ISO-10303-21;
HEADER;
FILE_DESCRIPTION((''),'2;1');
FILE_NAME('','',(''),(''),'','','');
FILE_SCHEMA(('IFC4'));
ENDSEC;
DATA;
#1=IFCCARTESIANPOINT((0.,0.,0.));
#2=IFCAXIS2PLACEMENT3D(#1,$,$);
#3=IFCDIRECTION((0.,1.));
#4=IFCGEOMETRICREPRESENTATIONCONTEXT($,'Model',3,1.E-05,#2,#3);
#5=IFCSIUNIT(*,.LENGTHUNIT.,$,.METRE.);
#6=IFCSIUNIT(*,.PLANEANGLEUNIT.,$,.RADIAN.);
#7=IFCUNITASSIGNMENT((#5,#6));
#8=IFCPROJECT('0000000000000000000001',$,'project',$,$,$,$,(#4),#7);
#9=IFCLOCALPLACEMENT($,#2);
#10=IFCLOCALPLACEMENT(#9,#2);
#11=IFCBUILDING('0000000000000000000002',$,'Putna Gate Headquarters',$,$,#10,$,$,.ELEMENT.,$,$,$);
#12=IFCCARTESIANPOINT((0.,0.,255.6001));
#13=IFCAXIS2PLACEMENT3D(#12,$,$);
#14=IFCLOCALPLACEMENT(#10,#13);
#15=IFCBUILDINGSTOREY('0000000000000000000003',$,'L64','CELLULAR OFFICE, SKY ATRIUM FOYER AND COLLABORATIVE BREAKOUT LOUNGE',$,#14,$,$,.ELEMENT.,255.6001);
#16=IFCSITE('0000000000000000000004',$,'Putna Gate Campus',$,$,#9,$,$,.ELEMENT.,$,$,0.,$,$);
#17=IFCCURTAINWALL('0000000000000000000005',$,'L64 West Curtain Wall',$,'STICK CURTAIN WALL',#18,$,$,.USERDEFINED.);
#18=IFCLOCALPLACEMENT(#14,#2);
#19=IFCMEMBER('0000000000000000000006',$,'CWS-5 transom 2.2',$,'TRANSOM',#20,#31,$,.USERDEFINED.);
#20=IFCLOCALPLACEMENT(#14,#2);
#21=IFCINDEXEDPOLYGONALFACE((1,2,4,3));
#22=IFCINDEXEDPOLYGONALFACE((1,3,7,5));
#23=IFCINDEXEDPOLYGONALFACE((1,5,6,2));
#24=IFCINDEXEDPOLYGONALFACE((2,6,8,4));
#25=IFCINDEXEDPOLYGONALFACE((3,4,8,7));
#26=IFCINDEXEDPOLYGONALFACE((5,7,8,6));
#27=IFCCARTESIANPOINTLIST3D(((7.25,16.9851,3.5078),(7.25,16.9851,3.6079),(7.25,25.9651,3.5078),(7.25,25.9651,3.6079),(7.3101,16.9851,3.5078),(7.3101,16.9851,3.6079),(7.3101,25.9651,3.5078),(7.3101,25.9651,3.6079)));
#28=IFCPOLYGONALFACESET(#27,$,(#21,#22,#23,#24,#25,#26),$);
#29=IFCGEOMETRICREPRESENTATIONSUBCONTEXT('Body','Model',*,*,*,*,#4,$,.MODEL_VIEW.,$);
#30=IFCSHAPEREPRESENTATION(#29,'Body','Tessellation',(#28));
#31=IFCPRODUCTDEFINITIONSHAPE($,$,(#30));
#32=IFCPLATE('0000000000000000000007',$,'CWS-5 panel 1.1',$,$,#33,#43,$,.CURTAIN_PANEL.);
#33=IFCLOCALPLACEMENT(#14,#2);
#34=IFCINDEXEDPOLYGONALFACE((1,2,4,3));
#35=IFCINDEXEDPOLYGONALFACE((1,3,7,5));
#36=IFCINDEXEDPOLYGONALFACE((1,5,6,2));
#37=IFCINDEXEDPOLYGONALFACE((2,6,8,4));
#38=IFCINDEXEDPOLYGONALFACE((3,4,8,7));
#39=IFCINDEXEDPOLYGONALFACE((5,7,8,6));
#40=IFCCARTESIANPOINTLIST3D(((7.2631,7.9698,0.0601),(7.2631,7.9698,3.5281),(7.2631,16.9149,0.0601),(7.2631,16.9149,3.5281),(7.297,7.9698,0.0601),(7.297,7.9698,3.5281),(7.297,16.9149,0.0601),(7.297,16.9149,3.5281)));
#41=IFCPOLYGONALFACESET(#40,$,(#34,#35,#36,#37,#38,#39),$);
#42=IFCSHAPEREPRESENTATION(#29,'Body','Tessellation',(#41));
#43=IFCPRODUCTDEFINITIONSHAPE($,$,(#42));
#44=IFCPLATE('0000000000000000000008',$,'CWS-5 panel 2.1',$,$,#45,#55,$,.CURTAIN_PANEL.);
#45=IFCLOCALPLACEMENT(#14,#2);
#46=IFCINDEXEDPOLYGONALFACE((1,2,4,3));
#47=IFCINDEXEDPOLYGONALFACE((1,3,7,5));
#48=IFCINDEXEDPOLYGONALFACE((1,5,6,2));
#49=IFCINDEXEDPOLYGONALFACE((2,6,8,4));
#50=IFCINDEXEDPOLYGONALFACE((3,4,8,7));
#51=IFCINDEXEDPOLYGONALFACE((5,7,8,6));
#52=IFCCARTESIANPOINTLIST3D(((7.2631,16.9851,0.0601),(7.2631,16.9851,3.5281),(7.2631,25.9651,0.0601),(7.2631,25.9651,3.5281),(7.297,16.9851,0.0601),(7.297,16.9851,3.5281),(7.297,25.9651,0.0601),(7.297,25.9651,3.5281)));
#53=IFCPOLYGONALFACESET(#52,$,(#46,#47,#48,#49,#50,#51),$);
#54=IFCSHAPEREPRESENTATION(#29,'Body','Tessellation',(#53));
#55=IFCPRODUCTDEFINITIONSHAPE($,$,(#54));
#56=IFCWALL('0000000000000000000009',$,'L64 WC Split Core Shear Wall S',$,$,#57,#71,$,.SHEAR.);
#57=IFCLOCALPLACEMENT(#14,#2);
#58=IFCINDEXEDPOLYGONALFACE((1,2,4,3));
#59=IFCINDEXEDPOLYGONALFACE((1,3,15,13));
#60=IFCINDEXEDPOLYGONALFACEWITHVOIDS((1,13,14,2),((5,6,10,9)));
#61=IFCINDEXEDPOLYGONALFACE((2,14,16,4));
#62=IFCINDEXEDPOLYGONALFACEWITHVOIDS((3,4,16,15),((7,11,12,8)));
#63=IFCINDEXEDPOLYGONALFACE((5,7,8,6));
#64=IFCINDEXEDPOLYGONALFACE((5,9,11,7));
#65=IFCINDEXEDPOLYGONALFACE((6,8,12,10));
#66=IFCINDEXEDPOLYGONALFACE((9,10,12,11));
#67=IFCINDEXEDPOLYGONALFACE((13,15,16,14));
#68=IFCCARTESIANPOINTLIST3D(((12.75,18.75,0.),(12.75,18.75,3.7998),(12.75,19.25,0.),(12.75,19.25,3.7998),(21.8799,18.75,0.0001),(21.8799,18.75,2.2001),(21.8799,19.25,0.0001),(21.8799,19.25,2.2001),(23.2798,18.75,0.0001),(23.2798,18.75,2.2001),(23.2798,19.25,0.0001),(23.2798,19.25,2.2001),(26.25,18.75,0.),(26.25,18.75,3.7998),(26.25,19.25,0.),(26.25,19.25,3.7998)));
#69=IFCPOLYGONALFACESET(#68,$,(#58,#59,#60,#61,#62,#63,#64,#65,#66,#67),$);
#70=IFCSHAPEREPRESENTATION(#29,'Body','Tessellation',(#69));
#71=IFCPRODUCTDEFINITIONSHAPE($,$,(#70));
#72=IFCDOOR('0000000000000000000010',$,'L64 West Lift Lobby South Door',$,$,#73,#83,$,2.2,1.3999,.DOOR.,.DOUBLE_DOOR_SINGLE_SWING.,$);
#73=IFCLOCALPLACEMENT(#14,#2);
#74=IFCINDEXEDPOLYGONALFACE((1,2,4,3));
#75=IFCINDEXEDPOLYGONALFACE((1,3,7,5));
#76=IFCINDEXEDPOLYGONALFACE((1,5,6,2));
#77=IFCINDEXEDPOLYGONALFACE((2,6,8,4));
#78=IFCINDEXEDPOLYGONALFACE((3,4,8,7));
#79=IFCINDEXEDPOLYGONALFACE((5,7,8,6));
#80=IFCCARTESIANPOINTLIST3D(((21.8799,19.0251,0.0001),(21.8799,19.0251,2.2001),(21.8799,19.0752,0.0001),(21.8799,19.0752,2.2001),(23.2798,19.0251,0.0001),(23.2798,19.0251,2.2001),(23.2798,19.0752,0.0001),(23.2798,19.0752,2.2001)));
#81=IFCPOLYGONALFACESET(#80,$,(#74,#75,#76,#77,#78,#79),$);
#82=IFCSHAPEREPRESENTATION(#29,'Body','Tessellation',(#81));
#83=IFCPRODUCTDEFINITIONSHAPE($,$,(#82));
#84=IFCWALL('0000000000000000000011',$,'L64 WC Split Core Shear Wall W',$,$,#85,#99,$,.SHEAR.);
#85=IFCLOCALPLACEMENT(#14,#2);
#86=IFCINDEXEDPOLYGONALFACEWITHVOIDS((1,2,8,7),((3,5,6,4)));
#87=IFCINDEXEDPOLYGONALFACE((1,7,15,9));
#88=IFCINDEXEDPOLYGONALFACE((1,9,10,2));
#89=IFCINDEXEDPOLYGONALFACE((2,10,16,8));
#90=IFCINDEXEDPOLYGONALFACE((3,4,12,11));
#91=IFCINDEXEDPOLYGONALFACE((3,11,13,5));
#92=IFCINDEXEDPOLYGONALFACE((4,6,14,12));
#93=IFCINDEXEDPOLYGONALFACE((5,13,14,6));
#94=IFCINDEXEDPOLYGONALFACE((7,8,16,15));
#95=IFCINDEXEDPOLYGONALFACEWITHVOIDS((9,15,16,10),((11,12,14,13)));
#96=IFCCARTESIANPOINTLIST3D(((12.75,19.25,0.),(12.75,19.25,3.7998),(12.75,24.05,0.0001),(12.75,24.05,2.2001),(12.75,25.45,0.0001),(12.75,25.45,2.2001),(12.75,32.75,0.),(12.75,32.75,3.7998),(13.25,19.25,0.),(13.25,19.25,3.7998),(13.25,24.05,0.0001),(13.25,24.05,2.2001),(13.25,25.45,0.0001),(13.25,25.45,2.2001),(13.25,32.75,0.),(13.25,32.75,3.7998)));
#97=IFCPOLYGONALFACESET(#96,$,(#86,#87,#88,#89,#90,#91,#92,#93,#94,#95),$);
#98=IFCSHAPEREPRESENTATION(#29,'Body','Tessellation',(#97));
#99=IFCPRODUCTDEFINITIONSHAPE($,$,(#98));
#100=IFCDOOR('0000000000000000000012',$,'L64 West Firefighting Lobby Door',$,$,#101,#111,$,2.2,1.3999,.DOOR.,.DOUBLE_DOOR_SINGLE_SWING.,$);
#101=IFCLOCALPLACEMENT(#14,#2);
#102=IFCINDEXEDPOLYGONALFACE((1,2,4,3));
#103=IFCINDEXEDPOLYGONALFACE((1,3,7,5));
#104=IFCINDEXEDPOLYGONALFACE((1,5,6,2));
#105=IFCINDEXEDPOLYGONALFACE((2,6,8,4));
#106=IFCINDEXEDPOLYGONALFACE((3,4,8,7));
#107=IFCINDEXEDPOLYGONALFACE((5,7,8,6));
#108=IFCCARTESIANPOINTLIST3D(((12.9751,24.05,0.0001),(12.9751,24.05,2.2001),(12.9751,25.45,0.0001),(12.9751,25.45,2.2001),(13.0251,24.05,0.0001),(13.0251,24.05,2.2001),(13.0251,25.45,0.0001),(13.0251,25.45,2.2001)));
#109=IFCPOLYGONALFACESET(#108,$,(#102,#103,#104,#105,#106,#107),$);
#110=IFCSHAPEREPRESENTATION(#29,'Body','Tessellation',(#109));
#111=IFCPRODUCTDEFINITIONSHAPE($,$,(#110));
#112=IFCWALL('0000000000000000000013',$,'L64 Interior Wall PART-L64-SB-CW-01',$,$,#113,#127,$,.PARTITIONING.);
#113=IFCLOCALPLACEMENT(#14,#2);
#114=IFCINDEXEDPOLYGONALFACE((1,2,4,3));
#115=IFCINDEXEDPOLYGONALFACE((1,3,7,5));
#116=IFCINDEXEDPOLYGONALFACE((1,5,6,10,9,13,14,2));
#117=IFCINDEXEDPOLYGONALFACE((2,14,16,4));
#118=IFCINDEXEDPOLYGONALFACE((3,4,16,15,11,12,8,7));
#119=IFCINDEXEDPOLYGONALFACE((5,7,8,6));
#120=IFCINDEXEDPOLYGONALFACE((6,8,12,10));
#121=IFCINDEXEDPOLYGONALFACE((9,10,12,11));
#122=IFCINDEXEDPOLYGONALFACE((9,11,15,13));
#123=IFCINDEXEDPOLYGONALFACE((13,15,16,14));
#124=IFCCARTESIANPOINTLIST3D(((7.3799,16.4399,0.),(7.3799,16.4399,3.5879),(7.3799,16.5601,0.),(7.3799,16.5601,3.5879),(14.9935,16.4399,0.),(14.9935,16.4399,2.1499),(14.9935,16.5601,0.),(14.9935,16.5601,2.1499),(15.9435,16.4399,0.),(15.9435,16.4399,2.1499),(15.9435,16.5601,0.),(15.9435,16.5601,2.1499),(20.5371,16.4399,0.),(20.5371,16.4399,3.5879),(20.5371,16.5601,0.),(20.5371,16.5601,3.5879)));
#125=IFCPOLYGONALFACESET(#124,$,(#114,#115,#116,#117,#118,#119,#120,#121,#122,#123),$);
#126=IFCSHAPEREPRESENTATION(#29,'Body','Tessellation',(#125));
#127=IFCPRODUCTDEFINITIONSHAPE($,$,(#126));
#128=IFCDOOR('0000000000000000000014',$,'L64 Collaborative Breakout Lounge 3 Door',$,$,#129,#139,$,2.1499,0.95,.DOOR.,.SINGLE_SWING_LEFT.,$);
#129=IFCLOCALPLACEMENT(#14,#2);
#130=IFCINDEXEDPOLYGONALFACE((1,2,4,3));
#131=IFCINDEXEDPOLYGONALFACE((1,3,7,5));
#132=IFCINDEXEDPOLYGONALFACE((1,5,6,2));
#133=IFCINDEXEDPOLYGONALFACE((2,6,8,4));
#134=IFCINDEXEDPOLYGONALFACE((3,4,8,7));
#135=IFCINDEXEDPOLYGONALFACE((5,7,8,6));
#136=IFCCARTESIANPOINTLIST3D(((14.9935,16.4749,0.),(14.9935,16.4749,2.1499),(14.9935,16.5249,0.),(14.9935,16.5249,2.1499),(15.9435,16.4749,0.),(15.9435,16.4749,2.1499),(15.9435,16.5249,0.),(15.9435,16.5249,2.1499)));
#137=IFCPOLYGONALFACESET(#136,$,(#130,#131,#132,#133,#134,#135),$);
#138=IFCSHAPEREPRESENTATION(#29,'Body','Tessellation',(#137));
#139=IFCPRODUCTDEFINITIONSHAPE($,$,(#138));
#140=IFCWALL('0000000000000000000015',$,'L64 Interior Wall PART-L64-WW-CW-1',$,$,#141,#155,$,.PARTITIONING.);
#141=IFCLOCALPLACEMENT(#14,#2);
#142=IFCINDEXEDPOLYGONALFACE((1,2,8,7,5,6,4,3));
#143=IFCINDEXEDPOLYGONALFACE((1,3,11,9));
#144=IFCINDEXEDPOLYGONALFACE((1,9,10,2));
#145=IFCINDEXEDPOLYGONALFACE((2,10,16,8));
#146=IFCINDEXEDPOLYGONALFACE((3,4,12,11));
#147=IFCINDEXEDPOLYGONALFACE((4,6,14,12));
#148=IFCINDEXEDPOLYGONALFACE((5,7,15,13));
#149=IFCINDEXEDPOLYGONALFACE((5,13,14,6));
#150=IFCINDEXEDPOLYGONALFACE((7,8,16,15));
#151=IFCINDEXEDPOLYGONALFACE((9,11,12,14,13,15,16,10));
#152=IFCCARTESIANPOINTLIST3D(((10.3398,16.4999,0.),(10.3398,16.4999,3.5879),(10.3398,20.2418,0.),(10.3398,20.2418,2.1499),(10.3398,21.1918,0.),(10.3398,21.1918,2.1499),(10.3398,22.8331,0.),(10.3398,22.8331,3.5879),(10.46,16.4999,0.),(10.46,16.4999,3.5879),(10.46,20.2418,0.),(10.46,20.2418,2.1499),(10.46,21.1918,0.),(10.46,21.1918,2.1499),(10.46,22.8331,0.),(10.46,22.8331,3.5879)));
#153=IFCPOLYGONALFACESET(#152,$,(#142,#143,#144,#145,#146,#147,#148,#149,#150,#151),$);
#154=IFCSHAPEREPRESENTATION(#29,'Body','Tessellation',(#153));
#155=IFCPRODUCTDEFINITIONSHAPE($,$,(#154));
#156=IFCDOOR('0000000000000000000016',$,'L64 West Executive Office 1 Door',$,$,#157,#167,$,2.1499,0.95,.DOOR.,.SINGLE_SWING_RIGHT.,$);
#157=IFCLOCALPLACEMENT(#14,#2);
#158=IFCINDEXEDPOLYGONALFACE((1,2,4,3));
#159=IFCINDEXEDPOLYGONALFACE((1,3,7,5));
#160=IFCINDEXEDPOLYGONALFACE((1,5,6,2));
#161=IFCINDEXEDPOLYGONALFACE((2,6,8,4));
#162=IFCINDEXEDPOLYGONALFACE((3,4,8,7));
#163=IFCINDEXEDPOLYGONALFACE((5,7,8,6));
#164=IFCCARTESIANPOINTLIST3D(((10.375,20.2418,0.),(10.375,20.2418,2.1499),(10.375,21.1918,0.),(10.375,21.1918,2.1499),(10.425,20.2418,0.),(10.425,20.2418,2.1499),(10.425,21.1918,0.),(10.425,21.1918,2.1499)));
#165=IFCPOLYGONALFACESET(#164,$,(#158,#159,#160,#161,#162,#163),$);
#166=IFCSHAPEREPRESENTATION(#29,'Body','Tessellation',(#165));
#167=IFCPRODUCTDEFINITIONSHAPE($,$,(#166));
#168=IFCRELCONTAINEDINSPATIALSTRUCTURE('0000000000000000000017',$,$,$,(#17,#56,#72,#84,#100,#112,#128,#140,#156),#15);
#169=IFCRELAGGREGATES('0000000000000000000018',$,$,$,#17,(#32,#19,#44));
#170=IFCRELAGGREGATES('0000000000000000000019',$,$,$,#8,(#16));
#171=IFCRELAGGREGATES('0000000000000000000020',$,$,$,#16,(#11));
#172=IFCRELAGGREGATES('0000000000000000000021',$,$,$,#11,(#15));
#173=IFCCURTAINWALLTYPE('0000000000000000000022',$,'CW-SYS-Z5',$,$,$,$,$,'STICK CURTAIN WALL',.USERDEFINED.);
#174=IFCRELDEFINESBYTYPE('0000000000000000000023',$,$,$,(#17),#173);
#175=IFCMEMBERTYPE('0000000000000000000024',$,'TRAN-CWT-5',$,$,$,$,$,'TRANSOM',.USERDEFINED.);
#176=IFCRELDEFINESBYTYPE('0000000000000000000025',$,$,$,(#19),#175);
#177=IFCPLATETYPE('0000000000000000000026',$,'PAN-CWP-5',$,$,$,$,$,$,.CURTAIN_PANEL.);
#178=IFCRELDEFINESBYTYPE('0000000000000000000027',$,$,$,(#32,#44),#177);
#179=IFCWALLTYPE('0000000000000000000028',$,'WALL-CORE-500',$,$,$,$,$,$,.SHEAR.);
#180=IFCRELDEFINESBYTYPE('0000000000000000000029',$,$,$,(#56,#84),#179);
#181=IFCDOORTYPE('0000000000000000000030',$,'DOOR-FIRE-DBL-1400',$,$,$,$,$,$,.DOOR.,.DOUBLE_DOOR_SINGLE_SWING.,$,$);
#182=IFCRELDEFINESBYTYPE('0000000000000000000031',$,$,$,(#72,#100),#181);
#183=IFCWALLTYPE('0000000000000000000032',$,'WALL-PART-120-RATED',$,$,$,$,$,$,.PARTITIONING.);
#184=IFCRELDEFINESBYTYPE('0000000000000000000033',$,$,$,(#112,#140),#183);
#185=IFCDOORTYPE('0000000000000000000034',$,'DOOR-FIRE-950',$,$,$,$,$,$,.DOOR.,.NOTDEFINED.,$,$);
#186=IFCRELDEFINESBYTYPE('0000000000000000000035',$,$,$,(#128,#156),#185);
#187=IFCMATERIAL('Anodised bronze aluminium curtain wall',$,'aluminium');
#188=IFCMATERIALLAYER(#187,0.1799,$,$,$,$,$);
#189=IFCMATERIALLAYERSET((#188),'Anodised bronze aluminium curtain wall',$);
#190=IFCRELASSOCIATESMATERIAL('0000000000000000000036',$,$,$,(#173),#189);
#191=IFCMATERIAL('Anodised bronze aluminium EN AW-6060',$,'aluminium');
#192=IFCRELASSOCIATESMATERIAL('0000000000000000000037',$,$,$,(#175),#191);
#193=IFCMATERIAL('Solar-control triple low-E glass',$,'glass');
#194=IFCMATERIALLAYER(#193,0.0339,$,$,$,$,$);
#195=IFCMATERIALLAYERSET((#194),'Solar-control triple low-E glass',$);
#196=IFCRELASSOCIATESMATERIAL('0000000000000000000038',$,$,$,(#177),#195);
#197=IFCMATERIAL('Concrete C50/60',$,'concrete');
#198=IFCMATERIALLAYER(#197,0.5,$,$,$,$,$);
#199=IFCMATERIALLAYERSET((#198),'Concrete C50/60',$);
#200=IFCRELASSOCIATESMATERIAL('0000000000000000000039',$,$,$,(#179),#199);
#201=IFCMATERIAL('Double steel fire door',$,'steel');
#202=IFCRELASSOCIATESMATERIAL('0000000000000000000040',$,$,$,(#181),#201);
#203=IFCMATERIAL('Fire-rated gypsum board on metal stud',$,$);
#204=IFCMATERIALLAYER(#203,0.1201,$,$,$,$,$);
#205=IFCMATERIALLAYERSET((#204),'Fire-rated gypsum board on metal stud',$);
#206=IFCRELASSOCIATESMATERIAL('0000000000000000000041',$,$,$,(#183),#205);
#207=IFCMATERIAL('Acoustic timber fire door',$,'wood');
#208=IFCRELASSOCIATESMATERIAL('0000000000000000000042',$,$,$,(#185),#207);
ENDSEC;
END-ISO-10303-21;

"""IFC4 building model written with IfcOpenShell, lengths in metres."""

from ifc_helpers import new_model, si_unit, direction, frame, frame_2d, origin, origin_2d, place, context, subcontext, project, spatial, rectangle, extrude, material, layer, layer_set, material_profile, profile_set, type_object, element, fill, aggregate, save


model = new_model("IFC4")

# Units and contexts
model_context = context("Model", 3, precision=1e-05, world=origin(), true_north=direction((0.0, 1.0)))
body_context = subcontext(model_context, "Body", "Model", "MODEL_VIEW")
ifc_project = project(units=[si_unit("LENGTHUNIT", "METRE"), si_unit("PLANEANGLEUNIT", "RADIAN")], contexts=[model_context])

# Site, building, storey
site_placement = place(None, origin())
site = spatial("IfcSite", under=ifc_project, at=site_placement, Name="Putna Gate Campus", CompositionType="ELEMENT", RefElevation=0.0)
building_placement = place(site_placement, origin())
building = spatial("IfcBuilding", under=site, at=building_placement, Name="Putna Gate Headquarters", CompositionType="ELEMENT")
storey_placement = place(building_placement, frame((0.0, 0.0, 255.6001)))
storey = spatial("IfcBuildingStorey", under=building, at=storey_placement, Name="L64", Description="CELLULAR OFFICE, SKY ATRIUM FOYER AND COLLABORATIVE BREAKOUT LOUNGE", CompositionType="ELEMENT", Elevation=255.6001)

# Curtain wall, member, plates
ifc_material_1 = material(Name="Anodised bronze aluminium curtain wall", Category="aluminium")
ifc_layer_1 = layer(ifc_material_1, 0.1799)
ifc_layer_set_1 = layer_set([ifc_layer_1], Name="Anodised bronze aluminium curtain wall")
curtain_wall_type = type_object("IfcCurtainWallType", Name="CW-SYS-Z5", ElementType="STICK CURTAIN WALL", PredefinedType="USERDEFINED", material=ifc_layer_set_1)
curtain_wall_placement = place(storey_placement, origin())
curtain_wall = element("IfcCurtainWall", 1, at=curtain_wall_placement, inside=storey, type_object=curtain_wall_type, Name="L64 West Curtain Wall", ObjectType="STICK CURTAIN WALL", PredefinedType="USERDEFINED")
ifc_material_2 = material(Name="Anodised bronze aluminium EN AW-6060", Category="aluminium")
ifc_material_profile_1 = material_profile(ifc_material_2, rectangle(XDim=0.0601, YDim=0.1001, at=origin_2d()), Name="Anodised bronze aluminium EN AW-6060")
ifc_profile_set_1 = profile_set([ifc_material_profile_1], Name="Anodised bronze aluminium EN AW-6060")
member_type_1 = type_object("IfcMemberType", Name="TRAN-CWT-5", ElementType="TRANSOM", PredefinedType="USERDEFINED", material=ifc_profile_set_1)
member_1_placement = place(storey_placement, frame((7.28, 16.9851, 3.5579), z_axis=(0.0, 1.0, 0.0), x_axis=(-1.0, 0.0, 0.0)))
member_1 = element("IfcMember", 2, at=member_1_placement, type_object=member_type_1, Name="CWS-5 transom 2.2", ObjectType="TRANSOM", PredefinedType="USERDEFINED", context=body_context, shape_type="SweptSolid", body=[
    extrude(rectangle(XDim=0.0601, YDim=0.1001, at=origin_2d()), origin(), (0.0, 0.0, 1.0), 8.98),
])
ifc_material_3 = material(Name="Solar-control triple low-E glass", Category="glass")
ifc_layer_2 = layer(ifc_material_3, 0.0339)
ifc_layer_set_2 = layer_set([ifc_layer_2], Name="Solar-control triple low-E glass")
plate_type = type_object("IfcPlateType", Name="PAN-CWP-5", PredefinedType="CURTAIN_PANEL", material=ifc_layer_set_2)
plate_1_placement = place(storey_placement, frame((7.28, 12.4424, 0.0601), z_axis=(0.0, 0.0, 1.0), x_axis=(0.0, 1.0, 0.0)))
plate_1 = element("IfcPlate", 3, at=plate_1_placement, type_object=plate_type, Name="CWS-5 panel 1.1", PredefinedType="CURTAIN_PANEL", context=body_context, shape_type="SweptSolid", body=[
    extrude(rectangle(XDim=8.9451, YDim=0.0339, at=origin_2d()), origin(), (0.0, 0.0, 1.0), 3.468),
])
plate_2_placement = place(storey_placement, frame((7.28, 21.4751, 0.0601), z_axis=(0.0, 0.0, 1.0), x_axis=(0.0, 1.0, 0.0)))
plate_2 = element("IfcPlate", 4, at=plate_2_placement, type_object=plate_type, Name="CWS-5 panel 2.1", PredefinedType="CURTAIN_PANEL", context=body_context, shape_type="SweptSolid", body=[
    extrude(rectangle(XDim=8.98, YDim=0.0339, at=origin_2d()), origin(), (0.0, 0.0, 1.0), 3.468),
])
aggregate(curtain_wall, [plate_1, member_1, plate_2])

# Walls, openings, doors
ifc_material_4 = material(Name="Concrete C50/60", Category="concrete")
ifc_layer_3 = layer(ifc_material_4, 0.5)
ifc_layer_set_3 = layer_set([ifc_layer_3], Name="Concrete C50/60")
wall_type_1 = type_object("IfcWallType", Name="WALL-CORE-500", PredefinedType="SHEAR", material=ifc_layer_set_3)
wall_1_placement = place(storey_placement, frame((12.75, 19.0, 0.0), z_axis=(0.0, 0.0, 1.0), x_axis=(1.0, 0.0, 0.0)))
wall_1 = element("IfcWall", 5, at=wall_1_placement, inside=storey, type_object=wall_type_1, Name="L64 WC Split Core Shear Wall S", PredefinedType="SHEAR", context=body_context, shape_type="SweptSolid", body=[
    extrude(rectangle(XDim=13.5, YDim=0.5, at=frame_2d((6.75, 0.0))), origin(), (0.0, 0.0, 1.0), 3.7998),
])
opening_1_placement = place(wall_1_placement, frame((9.1299, 0.0, 0.0)))
opening_1 = element("IfcOpeningElement", 6, at=opening_1_placement, cuts=wall_1, PredefinedType="OPENING", context=body_context, shape_type="SweptSolid", body=[
    extrude(rectangle(XDim=1.3999, YDim=2.2, at=frame_2d((0.7, 1.1001))), frame((0.0, 0.26, 0.0), z_axis=(0.0, -1.0, 0.0), x_axis=(1.0, 0.0, 0.0)), (0.0, 0.0, 1.0), 0.52),
])
ifc_material_5 = material(Name="Double steel fire door", Category="steel")
door_type_1 = type_object("IfcDoorType", Name="DOOR-FIRE-DBL-1400", OperationType="DOUBLE_DOOR_SINGLE_SWING", PredefinedType="DOOR", material=ifc_material_5)
door_1_placement = place(opening_1_placement, origin())
door_1 = element("IfcDoor", 7, at=door_1_placement, inside=storey, type_object=door_type_1, Name="L64 West Lift Lobby South Door", OperationType="DOUBLE_DOOR_SINGLE_SWING", OverallHeight=2.2, OverallWidth=1.3999, PredefinedType="DOOR", context=body_context, shape_type="SweptSolid", body=[
    extrude(rectangle(XDim=1.3999, YDim=2.2, at=frame_2d((0.7, 1.1001))), frame((0.0, 0.0752, 0.0), z_axis=(0.0, -1.0, 0.0), x_axis=(1.0, 0.0, 0.0)), (0.0, 0.0, 1.0), 0.05),
])
fill(opening_1, door_1)
wall_2_placement = place(storey_placement, frame((13.0, 19.25, 0.0), z_axis=(0.0, 0.0, 1.0), x_axis=(0.0, 1.0, 0.0)))
wall_2 = element("IfcWall", 8, at=wall_2_placement, inside=storey, type_object=wall_type_1, Name="L64 WC Split Core Shear Wall W", PredefinedType="SHEAR", context=body_context, shape_type="SweptSolid", body=[
    extrude(rectangle(XDim=13.5, YDim=0.5, at=frame_2d((6.75, 0.0))), origin(), (0.0, 0.0, 1.0), 3.7998),
])
opening_2_placement = place(wall_2_placement, frame((4.8, 0.0, 0.0)))
opening_2 = element("IfcOpeningElement", 9, at=opening_2_placement, cuts=wall_2, PredefinedType="OPENING", context=body_context, shape_type="SweptSolid", body=[
    extrude(rectangle(XDim=1.3999, YDim=2.2, at=frame_2d((0.7, 1.1001))), frame((0.0, 0.26, 0.0), z_axis=(0.0, -1.0, 0.0), x_axis=(1.0, 0.0, 0.0)), (0.0, 0.0, 1.0), 0.52),
])
door_2_placement = place(opening_2_placement, origin())
door_2 = element("IfcDoor", 10, at=door_2_placement, inside=storey, type_object=door_type_1, Name="L64 West Firefighting Lobby Door", OperationType="DOUBLE_DOOR_SINGLE_SWING", OverallHeight=2.2, OverallWidth=1.3999, PredefinedType="DOOR", context=body_context, shape_type="SweptSolid", body=[
    extrude(rectangle(XDim=1.3999, YDim=2.2, at=frame_2d((0.7, 1.1001))), frame((0.0, 0.0249, 0.0), z_axis=(0.0, -1.0, 0.0), x_axis=(1.0, 0.0, 0.0)), (0.0, 0.0, 1.0), 0.05),
])
fill(opening_2, door_2)
ifc_material_6 = material(Name="Fire-rated gypsum board on metal stud")
ifc_layer_4 = layer(ifc_material_6, 0.1201)
ifc_layer_set_4 = layer_set([ifc_layer_4], Name="Fire-rated gypsum board on metal stud")
wall_type_2 = type_object("IfcWallType", Name="WALL-PART-120-RATED", PredefinedType="PARTITIONING", material=ifc_layer_set_4)
wall_3_placement = place(storey_placement, frame((7.3799, 16.5, 0.0), z_axis=(0.0, 0.0, 1.0), x_axis=(1.0, 0.0, 0.0)))
wall_3 = element("IfcWall", 11, at=wall_3_placement, inside=storey, type_object=wall_type_2, Name="L64 Interior Wall PART-L64-SB-CW-01", PredefinedType="PARTITIONING", context=body_context, shape_type="SweptSolid", body=[
    extrude(rectangle(XDim=13.1572, YDim=0.1201, at=frame_2d((6.5786, 0.0))), origin(), (0.0, 0.0, 1.0), 3.5879),
])
opening_3_placement = place(wall_3_placement, frame((7.6135, 0.0, 0.0)))
opening_3 = element("IfcOpeningElement", 12, at=opening_3_placement, cuts=wall_3, PredefinedType="OPENING", context=body_context, shape_type="SweptSolid", body=[
    extrude(rectangle(XDim=0.95, YDim=2.1499, at=frame_2d((0.4751, 1.075))), frame((0.0, 0.0701, 0.0), z_axis=(0.0, -1.0, 0.0), x_axis=(1.0, 0.0, 0.0)), (0.0, 0.0, 1.0), 0.1401),
])
ifc_material_7 = material(Name="Acoustic timber fire door", Category="wood")
door_type_2 = type_object("IfcDoorType", Name="DOOR-FIRE-950", OperationType="NOTDEFINED", PredefinedType="DOOR", material=ifc_material_7)
door_3_placement = place(opening_3_placement, origin())
door_3 = element("IfcDoor", 13, at=door_3_placement, inside=storey, type_object=door_type_2, Name="L64 Collaborative Breakout Lounge 3 Door", OperationType="SINGLE_SWING_LEFT", OverallHeight=2.1499, OverallWidth=0.95, PredefinedType="DOOR", context=body_context, shape_type="SweptSolid", body=[
    extrude(rectangle(XDim=0.95, YDim=2.1499, at=frame_2d((0.4751, 1.075))), frame((0.0, 0.0249, 0.0), z_axis=(0.0, -1.0, 0.0), x_axis=(1.0, 0.0, 0.0)), (0.0, 0.0, 1.0), 0.05),
])
fill(opening_3, door_3)
wall_4_placement = place(storey_placement, frame((10.3999, 16.5, 0.0), z_axis=(0.0, 0.0, 1.0), x_axis=(0.0, 1.0, 0.0)))
wall_4 = element("IfcWall", 14, at=wall_4_placement, inside=storey, type_object=wall_type_2, Name="L64 Interior Wall PART-L64-WW-CW-1", PredefinedType="PARTITIONING", context=body_context, shape_type="SweptSolid", body=[
    extrude(rectangle(XDim=6.3333, YDim=0.1201, at=frame_2d((3.1665, 0.0))), origin(), (0.0, 0.0, 1.0), 3.5879),
])
opening_4_placement = place(wall_4_placement, frame((3.7417, 0.0, 0.0)))
opening_4 = element("IfcOpeningElement", 15, at=opening_4_placement, cuts=wall_4, PredefinedType="OPENING", context=body_context, shape_type="SweptSolid", body=[
    extrude(rectangle(XDim=0.95, YDim=2.1499, at=frame_2d((0.4751, 1.075))), frame((0.0, 0.0701, 0.0), z_axis=(0.0, -1.0, 0.0), x_axis=(1.0, 0.0, 0.0)), (0.0, 0.0, 1.0), 0.1401),
])
door_4_placement = place(opening_4_placement, origin())
door_4 = element("IfcDoor", 16, at=door_4_placement, inside=storey, type_object=door_type_2, Name="L64 West Executive Office 1 Door", OperationType="SINGLE_SWING_RIGHT", OverallHeight=2.1499, OverallWidth=0.95, PredefinedType="DOOR", context=body_context, shape_type="SweptSolid", body=[
    extrude(rectangle(XDim=0.95, YDim=2.1499, at=frame_2d((0.4751, 1.075))), frame((0.0, 0.0249, 0.0), z_axis=(0.0, -1.0, 0.0), x_axis=(1.0, 0.0, 0.0)), (0.0, 0.0, 1.0), 0.05),
])
fill(opening_4, door_4)

save(model, "model.ifc")
